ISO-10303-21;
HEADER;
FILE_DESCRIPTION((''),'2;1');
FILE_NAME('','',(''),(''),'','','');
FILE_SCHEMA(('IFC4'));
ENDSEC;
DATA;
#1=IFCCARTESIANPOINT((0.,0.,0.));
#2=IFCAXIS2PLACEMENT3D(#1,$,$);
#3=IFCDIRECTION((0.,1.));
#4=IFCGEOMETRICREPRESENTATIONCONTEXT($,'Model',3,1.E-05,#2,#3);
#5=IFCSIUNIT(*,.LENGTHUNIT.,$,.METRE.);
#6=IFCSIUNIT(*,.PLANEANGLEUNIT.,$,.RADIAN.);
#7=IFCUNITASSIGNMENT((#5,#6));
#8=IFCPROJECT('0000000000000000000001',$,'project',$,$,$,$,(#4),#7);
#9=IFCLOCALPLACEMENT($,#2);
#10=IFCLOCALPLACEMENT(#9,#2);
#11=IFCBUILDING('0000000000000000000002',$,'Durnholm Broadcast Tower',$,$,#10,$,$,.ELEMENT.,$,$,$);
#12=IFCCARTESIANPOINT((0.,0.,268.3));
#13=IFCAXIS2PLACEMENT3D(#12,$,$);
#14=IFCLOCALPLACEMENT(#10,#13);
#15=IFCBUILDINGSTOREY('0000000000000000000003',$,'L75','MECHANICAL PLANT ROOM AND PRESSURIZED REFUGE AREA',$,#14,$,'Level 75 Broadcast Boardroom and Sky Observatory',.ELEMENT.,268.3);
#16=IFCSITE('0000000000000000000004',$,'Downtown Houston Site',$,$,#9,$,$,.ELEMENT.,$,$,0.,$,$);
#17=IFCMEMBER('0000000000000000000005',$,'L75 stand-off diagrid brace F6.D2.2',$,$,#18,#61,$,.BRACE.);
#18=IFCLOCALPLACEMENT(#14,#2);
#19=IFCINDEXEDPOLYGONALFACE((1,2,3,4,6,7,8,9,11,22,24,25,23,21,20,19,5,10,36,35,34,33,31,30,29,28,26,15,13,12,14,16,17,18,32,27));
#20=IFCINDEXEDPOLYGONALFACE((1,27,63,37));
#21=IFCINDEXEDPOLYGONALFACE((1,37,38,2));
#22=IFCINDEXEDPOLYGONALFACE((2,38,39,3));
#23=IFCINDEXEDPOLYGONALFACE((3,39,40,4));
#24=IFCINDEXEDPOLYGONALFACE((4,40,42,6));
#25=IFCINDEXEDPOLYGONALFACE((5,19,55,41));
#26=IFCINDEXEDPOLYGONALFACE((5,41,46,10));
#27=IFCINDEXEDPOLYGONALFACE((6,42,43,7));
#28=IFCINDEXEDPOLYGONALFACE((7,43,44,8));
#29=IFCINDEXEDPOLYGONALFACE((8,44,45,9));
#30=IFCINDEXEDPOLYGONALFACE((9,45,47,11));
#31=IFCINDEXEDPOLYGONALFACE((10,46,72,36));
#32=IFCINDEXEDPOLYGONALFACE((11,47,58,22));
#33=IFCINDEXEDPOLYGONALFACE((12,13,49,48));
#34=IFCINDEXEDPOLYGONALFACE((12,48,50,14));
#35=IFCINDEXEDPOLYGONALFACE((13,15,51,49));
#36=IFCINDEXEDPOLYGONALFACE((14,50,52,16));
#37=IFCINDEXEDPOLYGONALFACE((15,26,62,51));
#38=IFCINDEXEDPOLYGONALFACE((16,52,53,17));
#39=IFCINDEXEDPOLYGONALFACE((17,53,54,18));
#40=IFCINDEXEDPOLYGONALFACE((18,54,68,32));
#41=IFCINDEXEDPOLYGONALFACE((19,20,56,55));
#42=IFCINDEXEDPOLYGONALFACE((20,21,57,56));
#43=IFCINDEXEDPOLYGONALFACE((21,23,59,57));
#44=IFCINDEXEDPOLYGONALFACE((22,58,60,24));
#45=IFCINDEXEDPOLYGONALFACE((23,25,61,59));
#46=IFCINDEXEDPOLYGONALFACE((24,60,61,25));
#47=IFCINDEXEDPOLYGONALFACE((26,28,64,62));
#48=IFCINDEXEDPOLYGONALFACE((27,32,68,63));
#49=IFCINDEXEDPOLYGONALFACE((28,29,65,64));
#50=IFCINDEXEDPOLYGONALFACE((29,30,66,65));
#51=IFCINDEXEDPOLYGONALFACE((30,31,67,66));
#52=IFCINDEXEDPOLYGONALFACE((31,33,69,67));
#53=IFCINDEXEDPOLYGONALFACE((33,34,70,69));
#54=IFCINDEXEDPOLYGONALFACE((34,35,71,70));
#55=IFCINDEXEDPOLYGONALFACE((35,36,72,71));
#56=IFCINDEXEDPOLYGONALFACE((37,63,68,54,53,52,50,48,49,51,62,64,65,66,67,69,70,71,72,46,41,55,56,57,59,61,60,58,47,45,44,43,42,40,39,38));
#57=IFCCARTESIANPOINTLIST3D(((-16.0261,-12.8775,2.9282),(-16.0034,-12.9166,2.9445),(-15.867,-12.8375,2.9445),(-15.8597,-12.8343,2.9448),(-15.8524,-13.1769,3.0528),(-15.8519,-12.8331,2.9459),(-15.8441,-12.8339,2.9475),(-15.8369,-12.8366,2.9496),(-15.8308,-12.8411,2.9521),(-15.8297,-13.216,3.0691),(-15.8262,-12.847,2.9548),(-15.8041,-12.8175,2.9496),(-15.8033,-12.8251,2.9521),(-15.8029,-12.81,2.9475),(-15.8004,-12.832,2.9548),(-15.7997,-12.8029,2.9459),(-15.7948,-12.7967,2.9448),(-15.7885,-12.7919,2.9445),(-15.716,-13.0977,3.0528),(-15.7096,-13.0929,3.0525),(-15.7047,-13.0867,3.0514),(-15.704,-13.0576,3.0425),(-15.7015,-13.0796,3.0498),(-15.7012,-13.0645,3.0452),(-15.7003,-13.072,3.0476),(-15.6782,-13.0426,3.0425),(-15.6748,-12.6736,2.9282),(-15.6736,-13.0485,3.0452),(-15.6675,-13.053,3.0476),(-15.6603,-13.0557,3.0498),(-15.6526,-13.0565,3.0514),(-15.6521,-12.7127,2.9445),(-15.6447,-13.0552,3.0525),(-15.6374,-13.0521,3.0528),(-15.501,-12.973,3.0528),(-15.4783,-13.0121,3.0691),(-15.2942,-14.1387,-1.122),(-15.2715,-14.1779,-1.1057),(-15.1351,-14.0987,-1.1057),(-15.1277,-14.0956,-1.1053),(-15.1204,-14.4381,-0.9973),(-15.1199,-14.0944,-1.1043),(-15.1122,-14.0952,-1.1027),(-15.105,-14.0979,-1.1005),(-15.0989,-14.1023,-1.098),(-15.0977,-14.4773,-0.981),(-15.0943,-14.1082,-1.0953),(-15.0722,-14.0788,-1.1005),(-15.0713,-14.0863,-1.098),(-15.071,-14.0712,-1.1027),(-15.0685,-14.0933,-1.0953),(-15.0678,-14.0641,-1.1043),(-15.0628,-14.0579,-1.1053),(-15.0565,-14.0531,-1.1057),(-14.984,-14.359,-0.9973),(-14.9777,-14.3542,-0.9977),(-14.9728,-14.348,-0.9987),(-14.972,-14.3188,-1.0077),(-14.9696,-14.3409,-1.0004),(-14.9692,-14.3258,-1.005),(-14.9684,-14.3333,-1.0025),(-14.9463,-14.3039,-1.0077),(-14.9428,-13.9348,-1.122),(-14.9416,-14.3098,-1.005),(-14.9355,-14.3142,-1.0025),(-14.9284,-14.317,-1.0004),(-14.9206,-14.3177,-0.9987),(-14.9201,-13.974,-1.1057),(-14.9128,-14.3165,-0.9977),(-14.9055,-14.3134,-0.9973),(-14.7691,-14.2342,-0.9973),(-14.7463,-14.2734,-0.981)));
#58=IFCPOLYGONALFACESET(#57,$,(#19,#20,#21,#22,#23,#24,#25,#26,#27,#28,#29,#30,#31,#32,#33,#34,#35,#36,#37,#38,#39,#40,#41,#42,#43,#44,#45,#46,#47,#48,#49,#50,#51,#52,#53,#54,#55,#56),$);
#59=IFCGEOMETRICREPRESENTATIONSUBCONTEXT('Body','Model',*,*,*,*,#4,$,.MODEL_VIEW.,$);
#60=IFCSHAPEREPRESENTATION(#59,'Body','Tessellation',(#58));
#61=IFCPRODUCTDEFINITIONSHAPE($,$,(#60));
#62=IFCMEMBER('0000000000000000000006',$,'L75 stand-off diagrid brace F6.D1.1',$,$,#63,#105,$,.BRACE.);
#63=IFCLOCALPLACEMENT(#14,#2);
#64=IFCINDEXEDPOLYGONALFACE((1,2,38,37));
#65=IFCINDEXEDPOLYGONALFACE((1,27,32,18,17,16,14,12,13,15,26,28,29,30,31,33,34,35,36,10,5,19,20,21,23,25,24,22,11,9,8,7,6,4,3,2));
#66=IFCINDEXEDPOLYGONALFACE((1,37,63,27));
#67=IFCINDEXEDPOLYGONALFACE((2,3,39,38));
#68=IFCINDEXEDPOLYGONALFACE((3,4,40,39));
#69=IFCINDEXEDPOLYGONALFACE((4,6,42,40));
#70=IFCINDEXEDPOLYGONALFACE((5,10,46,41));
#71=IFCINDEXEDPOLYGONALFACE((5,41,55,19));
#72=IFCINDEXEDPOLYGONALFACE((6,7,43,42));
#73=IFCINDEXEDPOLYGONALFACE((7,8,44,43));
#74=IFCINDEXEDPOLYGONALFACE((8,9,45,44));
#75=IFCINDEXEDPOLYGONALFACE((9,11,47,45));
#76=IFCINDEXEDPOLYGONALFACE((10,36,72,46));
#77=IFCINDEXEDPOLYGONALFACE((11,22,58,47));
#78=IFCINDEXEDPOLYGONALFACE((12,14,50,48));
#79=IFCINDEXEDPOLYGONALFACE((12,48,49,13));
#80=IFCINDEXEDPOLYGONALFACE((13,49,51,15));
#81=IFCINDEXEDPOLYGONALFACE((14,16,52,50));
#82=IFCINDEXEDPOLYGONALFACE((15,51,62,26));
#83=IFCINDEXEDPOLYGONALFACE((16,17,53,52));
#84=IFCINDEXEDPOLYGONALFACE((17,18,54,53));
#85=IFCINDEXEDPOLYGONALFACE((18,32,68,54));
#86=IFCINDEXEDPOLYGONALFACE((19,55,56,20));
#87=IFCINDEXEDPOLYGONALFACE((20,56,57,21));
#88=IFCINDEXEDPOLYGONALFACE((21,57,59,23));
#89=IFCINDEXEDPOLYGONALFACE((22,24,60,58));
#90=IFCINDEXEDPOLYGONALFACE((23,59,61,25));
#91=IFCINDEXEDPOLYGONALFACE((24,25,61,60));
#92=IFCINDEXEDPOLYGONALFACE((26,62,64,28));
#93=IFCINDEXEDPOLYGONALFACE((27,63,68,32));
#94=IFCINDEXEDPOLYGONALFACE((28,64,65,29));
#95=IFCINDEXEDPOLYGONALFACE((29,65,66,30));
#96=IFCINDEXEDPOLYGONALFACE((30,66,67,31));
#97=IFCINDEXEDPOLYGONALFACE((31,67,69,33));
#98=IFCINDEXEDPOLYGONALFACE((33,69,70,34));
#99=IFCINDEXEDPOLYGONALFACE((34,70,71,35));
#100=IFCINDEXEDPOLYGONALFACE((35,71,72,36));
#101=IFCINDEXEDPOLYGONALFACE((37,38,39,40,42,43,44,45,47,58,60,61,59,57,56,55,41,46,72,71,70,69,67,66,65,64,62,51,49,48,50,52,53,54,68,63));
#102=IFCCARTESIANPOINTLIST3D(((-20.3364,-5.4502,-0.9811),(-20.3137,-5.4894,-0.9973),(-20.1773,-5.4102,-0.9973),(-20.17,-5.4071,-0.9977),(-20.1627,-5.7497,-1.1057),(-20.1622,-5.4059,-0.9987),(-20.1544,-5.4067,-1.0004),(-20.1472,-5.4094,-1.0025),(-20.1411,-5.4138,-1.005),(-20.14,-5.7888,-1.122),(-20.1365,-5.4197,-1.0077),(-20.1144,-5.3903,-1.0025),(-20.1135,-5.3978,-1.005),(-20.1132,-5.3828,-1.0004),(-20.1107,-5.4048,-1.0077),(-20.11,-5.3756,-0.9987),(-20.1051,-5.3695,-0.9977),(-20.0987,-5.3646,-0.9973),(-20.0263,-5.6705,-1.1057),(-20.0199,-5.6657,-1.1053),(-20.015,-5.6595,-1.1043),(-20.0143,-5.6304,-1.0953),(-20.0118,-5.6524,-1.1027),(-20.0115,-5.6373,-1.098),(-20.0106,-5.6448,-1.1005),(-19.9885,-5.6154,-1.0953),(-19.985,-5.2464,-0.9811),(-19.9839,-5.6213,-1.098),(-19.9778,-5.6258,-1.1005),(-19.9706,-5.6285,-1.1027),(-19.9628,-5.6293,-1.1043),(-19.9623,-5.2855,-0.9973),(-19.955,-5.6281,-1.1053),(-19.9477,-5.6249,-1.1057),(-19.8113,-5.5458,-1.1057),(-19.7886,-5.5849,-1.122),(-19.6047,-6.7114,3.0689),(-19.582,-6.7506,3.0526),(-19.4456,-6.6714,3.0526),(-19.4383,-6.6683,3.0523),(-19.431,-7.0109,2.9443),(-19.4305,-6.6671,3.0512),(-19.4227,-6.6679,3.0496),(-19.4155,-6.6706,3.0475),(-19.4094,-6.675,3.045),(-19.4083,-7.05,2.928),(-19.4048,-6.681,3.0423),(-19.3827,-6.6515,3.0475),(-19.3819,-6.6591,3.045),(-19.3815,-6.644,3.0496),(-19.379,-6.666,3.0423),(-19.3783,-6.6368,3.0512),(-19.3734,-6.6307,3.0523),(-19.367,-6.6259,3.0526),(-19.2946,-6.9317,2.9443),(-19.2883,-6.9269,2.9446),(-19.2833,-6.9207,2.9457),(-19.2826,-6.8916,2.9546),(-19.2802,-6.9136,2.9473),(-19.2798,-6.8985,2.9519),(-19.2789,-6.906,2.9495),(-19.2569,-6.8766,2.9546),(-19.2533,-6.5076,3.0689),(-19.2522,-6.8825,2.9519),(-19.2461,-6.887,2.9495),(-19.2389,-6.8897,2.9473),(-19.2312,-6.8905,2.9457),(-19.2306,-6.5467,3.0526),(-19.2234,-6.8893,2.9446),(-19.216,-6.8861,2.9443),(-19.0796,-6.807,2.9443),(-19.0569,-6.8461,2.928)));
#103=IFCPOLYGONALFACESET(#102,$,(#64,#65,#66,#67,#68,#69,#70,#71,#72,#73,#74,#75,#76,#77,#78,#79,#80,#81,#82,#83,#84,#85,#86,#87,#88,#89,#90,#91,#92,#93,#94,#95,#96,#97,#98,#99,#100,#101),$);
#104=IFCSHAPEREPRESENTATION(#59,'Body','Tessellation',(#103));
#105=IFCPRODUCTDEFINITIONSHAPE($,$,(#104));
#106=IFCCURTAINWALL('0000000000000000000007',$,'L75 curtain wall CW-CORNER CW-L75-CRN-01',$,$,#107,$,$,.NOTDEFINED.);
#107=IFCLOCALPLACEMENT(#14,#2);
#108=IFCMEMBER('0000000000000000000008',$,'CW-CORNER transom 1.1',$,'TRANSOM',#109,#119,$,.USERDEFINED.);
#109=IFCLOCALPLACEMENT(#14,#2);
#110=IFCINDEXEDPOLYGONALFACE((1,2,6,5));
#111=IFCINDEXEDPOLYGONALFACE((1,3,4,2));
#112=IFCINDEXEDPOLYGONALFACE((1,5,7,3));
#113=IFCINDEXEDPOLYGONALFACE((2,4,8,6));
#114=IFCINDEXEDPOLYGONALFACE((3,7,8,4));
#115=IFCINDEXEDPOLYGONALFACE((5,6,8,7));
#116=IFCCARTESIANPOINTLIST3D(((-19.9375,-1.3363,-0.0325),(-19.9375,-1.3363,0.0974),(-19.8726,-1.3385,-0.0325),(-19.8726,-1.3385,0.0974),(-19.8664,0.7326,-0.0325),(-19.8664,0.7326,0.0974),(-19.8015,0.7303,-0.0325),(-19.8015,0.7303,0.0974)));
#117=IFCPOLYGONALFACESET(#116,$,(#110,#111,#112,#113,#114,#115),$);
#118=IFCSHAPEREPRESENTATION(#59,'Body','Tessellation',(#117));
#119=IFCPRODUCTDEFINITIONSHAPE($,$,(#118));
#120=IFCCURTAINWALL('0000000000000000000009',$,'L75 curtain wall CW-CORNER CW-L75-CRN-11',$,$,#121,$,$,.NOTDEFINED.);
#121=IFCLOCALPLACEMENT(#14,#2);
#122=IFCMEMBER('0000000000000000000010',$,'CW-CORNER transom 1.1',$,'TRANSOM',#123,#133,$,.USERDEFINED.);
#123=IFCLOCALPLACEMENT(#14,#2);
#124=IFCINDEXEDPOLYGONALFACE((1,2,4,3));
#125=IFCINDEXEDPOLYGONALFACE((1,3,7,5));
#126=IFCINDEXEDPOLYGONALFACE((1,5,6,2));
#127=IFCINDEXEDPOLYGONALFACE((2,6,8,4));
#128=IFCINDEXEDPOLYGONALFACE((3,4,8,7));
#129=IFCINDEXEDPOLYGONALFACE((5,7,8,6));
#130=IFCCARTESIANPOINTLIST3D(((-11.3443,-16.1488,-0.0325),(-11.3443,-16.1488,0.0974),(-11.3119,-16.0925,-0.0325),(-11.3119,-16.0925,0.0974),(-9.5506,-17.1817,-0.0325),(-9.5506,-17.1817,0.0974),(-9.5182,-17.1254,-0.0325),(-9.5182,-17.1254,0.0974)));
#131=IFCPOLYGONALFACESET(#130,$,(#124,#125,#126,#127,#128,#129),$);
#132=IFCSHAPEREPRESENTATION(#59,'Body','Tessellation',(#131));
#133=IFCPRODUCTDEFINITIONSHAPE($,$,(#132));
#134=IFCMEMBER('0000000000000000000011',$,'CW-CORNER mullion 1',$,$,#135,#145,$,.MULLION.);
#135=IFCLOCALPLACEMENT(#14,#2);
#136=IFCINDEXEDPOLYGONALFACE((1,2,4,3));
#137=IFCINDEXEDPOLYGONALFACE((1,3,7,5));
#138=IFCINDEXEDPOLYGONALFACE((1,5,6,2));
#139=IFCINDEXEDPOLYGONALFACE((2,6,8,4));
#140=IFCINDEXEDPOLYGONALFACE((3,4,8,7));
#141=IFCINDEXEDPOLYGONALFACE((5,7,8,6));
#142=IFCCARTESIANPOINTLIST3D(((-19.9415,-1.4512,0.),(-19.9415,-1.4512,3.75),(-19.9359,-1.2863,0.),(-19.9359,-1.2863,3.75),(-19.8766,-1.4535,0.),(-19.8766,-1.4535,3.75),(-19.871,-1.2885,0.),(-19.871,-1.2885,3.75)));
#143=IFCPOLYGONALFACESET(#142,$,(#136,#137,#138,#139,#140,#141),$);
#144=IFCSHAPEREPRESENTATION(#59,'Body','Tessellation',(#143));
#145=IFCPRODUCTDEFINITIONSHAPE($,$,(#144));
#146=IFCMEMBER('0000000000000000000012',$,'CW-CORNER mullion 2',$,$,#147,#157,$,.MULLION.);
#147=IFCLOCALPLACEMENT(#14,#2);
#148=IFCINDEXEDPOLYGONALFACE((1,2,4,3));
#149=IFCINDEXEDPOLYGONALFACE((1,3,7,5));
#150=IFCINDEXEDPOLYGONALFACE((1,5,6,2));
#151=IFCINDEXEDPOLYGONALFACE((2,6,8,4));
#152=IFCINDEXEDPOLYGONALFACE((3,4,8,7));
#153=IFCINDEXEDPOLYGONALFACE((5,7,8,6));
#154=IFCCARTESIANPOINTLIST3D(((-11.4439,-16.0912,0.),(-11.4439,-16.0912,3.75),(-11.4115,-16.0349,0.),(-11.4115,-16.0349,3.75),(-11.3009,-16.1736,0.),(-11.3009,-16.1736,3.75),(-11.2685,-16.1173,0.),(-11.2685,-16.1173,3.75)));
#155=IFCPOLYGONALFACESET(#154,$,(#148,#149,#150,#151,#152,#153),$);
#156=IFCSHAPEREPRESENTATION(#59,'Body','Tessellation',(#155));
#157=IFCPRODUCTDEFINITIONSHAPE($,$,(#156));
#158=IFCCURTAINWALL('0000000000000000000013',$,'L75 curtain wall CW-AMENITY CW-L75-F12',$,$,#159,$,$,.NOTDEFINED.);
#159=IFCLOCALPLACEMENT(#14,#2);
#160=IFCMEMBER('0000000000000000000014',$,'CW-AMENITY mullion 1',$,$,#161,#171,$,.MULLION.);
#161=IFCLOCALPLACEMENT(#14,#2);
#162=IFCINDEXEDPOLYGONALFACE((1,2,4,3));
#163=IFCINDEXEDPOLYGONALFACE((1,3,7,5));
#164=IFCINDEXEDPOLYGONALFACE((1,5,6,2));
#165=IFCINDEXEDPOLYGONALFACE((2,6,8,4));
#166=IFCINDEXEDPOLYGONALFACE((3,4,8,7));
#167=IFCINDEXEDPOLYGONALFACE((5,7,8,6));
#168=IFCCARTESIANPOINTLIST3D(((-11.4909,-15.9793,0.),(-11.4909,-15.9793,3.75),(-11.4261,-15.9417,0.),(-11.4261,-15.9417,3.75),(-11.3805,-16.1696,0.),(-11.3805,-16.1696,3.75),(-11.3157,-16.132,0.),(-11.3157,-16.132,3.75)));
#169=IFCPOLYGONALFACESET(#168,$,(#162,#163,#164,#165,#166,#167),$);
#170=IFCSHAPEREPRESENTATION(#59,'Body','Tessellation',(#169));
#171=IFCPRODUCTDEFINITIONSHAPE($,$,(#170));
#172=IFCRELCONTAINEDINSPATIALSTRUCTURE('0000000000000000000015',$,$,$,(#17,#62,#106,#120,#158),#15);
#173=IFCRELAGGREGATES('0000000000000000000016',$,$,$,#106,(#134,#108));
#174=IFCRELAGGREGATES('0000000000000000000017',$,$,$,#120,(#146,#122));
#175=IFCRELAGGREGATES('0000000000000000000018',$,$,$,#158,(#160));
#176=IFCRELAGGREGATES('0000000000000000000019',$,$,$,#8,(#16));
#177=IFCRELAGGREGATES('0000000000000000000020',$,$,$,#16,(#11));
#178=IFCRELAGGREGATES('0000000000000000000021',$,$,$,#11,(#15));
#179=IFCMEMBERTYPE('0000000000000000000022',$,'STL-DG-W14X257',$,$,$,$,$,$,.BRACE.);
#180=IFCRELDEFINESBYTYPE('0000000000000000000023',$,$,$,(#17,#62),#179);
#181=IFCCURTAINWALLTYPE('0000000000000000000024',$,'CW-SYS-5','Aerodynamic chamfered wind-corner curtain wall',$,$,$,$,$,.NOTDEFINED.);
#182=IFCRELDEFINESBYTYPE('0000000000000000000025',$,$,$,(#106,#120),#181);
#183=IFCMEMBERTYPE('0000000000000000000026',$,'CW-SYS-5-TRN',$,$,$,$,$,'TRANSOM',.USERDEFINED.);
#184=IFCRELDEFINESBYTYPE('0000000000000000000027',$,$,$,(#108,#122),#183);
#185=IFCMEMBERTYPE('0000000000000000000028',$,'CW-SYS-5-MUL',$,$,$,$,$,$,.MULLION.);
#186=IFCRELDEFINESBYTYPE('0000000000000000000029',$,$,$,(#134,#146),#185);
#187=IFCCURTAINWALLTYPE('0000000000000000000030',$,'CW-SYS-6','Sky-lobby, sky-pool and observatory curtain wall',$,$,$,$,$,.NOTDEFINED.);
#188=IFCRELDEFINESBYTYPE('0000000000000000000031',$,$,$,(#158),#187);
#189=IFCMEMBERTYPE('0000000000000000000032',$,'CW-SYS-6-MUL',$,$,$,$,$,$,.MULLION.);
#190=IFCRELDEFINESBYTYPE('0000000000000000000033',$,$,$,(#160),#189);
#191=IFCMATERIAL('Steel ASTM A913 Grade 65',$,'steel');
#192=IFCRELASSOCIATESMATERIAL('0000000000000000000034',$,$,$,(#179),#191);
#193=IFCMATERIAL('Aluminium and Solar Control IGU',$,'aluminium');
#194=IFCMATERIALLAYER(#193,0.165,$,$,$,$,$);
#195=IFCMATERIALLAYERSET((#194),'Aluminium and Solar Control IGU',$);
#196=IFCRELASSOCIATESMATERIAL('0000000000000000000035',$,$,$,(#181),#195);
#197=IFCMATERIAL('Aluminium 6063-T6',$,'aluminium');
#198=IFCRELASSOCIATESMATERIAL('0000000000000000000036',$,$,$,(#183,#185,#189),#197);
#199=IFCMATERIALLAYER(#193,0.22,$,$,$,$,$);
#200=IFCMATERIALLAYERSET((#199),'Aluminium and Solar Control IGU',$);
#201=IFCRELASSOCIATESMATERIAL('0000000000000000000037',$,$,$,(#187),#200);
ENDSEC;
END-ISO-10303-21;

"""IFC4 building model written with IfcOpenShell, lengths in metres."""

from ifc_helpers import new_model, si_unit, direction, frame, origin, origin_2d, place, context, subcontext, project, spatial, rectangle, i_section, extrude, source, transform, mapped, material, layer, layer_set, material_profile, profile_set, type_object, type_shapes, element, aggregate, save


model = new_model("IFC4")

# Units and contexts
model_context = context("Model", 3, precision=1e-05, world=origin(), true_north=direction((0.0, 1.0)))
body_context = subcontext(model_context, "Body", "Model", "MODEL_VIEW")
ifc_project = project(units=[si_unit("LENGTHUNIT", "METRE"), si_unit("PLANEANGLEUNIT", "RADIAN")], contexts=[model_context])

# Site, building, storey
site_placement = place(None, origin())
site = spatial("IfcSite", under=ifc_project, at=site_placement, Name="Downtown Houston Site", CompositionType="ELEMENT", RefElevation=0.0)
building_placement = place(site_placement, origin())
building = spatial("IfcBuilding", under=site, at=building_placement, Name="Durnholm Broadcast Tower", CompositionType="ELEMENT")
storey_placement = place(building_placement, frame((0.0, 0.0, 268.3)))
storey = spatial("IfcBuildingStorey", under=building, at=storey_placement, Name="L75", Description="MECHANICAL PLANT ROOM AND PRESSURIZED REFUGE AREA", LongName="Level 75 Broadcast Boardroom and Sky Observatory", CompositionType="ELEMENT", Elevation=268.3)

# Members
ifc_material_1 = material(Name="Steel ASTM A913 Grade 65", Category="steel")
ifc_material_profile_1 = material_profile(ifc_material_1, i_section(OverallWidth=0.4062, OverallDepth=0.416, WebThickness=0.0298, FlangeThickness=0.0481, FilletRadius=0.0305, at=origin_2d()), Name="W14X257")
ifc_profile_set_1 = profile_set([ifc_material_profile_1], Name="Steel ASTM A913 Grade 65")
member_type_1 = type_object("IfcMemberType", Name="STL-DG-W14X257", PredefinedType="BRACE", material=ifc_profile_set_1)
shared_shape_1 = source(origin(), body_context, "Body", "SweptSolid", [
    extrude(i_section(OverallWidth=0.4062, OverallDepth=0.416, WebThickness=0.0298, FlangeThickness=0.0481, FilletRadius=0.0305, at=origin_2d()), origin(), (0.0, 0.0, 1.0), 4.3047),
])
for number, where, z_axis, x_axis, name in (
    (1, (-15.0203, -14.2061, -1.0515), (-0.170036, 0.292998, 0.940872), (-0.864906, -0.501934, 0.0), "L75 stand-off diagrid brace F6.D2.2"),
):
    element("IfcMember", number, at=place(storey_placement, frame(where, z_axis=z_axis, x_axis=x_axis)), inside=storey, type_object=member_type_1, Name=name, PredefinedType="BRACE", context=body_context, shape_type="MappedRepresentation", body=[
        mapped(shared_shape_1, transform((0.0, 0.0, 0.0), x_axis=(1.0, 0.0, 0.0), y_axis=(0.0, 1.0, 0.0), z_axis=(0.0, 0.0, 1.0), scale=1.0)),
    ])
shared_shape_2 = source(origin(), body_context, "Body", "SweptSolid", [
    extrude(i_section(OverallWidth=0.4062, OverallDepth=0.416, WebThickness=0.0298, FlangeThickness=0.0481, FilletRadius=0.0305, at=origin_2d()), origin(), (0.0, 0.0, 1.0), 4.3044),
])
type_shapes(member_type_1, [shared_shape_1, shared_shape_2])
member_1_placement = place(storey_placement, frame((-20.0625, -5.5176, -1.0515), z_axis=(0.169981, -0.293001, 0.940881), x_axis=(0.864979, 0.501808, 0.0)))
element("IfcMember", 2, at=member_1_placement, inside=storey, type_object=member_type_1, Name="L75 stand-off diagrid brace F6.D1.1", PredefinedType="BRACE", context=body_context, shape_type="MappedRepresentation", body=[
    mapped(shared_shape_2, transform((0.0, 0.0, 0.0), x_axis=(1.0, 0.0, 0.0), y_axis=(0.0, 1.0, 0.0), z_axis=(0.0, 0.0, 1.0), scale=1.0)),
])

# Curtain walls, members
ifc_material_2 = material(Name="Aluminium and Solar Control IGU", Category="aluminium")
ifc_layer_1 = layer(ifc_material_2, 0.165)
ifc_layer_set_1 = layer_set([ifc_layer_1], Name="Aluminium and Solar Control IGU")
curtain_wall_type_1 = type_object("IfcCurtainWallType", Name="CW-SYS-5", Description="Aerodynamic chamfered wind-corner curtain wall", PredefinedType="NOTDEFINED", material=ifc_layer_set_1)
curtain_wall_1_placement = place(storey_placement, origin())
curtain_wall_1 = element("IfcCurtainWall", 3, at=curtain_wall_1_placement, inside=storey, type_object=curtain_wall_type_1, Name="L75 curtain wall CW-CORNER CW-L75-CRN-01", PredefinedType="NOTDEFINED")
ifc_material_3 = material(Name="Aluminium 6063-T6", Category="aluminium")
ifc_material_profile_2 = material_profile(ifc_material_3, rectangle(XDim=0.0649, YDim=0.1299, at=origin_2d()), Name="CWT65X130")
ifc_profile_set_2 = profile_set([ifc_material_profile_2], Name="Aluminium 6063-T6")
member_type_2 = type_object("IfcMemberType", Name="CW-SYS-5-TRN", ElementType="TRANSOM", PredefinedType="USERDEFINED", material=ifc_profile_set_2)
shared_shape_3 = source(origin(), body_context, "Body", "SweptSolid", [
    extrude(rectangle(XDim=0.0649, YDim=0.1299, at=origin_2d()), origin(), (0.0, 0.0, 1.0), 2.0701),
])
member_2_placement = place(storey_placement, frame((-19.905, -1.3374, 0.0325), z_axis=(0.03432, 0.999411, 0.0), x_axis=(-0.999411, 0.03432, 0.0)))
member_2 = element("IfcMember", 4, at=member_2_placement, type_object=member_type_2, Name="CW-CORNER transom 1.1", ObjectType="TRANSOM", PredefinedType="USERDEFINED", context=body_context, shape_type="MappedRepresentation", body=[
    mapped(shared_shape_3, transform((0.0, 0.0, 0.0), x_axis=(1.0, 0.0, 0.0), y_axis=(0.0, 1.0, 0.0), z_axis=(0.0, 0.0, 1.0), scale=1.0)),
])
curtain_wall_2_placement = place(storey_placement, origin())
curtain_wall_2 = element("IfcCurtainWall", 5, at=curtain_wall_2_placement, inside=storey, type_object=curtain_wall_type_1, Name="L75 curtain wall CW-CORNER CW-L75-CRN-11", PredefinedType="NOTDEFINED")
shared_shape_4 = source(origin(), body_context, "Body", "SweptSolid", [
    extrude(rectangle(XDim=0.0649, YDim=0.1299, at=origin_2d()), origin(), (0.0, 0.0, 1.0), 2.0698),
])
type_shapes(member_type_2, [shared_shape_3, shared_shape_4])
member_3_placement = place(storey_placement, frame((-9.5344, -17.1536, 0.0325), z_axis=(-0.866576, 0.499045, 0.0), x_axis=(-0.499045, -0.866576, 0.0)))
member_3 = element("IfcMember", 6, at=member_3_placement, type_object=member_type_2, Name="CW-CORNER transom 1.1", ObjectType="TRANSOM", PredefinedType="USERDEFINED", context=body_context, shape_type="MappedRepresentation", body=[
    mapped(shared_shape_4, transform((0.0, 0.0, 0.0), x_axis=(1.0, 0.0, 0.0), y_axis=(0.0, 1.0, 0.0), z_axis=(0.0, 0.0, 1.0), scale=1.0)),
])

# Members
ifc_material_profile_3 = material_profile(ifc_material_3, rectangle(XDim=0.0649, YDim=0.165, at=origin_2d()), Name="CWM65X165")
ifc_profile_set_3 = profile_set([ifc_material_profile_3], Name="Aluminium 6063-T6")
member_type_3 = type_object("IfcMemberType", Name="CW-SYS-5-MUL", PredefinedType="MULLION", material=ifc_profile_set_3)
shared_shape_5 = source(origin(), body_context, "Body", "SweptSolid", [
    extrude(rectangle(XDim=0.0649, YDim=0.165, at=origin_2d()), origin(), (0.0, 0.0, 1.0), 3.75),
])
type_shapes(member_type_3, [shared_shape_5])
member_4_placement = place(storey_placement, frame((-19.9062, -1.3699, 0.0), z_axis=(0.0, 0.0, 1.0), x_axis=(-0.999411, 0.034318, 0.0)))
member_4 = element("IfcMember", 7, at=member_4_placement, type_object=member_type_3, Name="CW-CORNER mullion 1", PredefinedType="MULLION", context=body_context, shape_type="MappedRepresentation", body=[
    mapped(shared_shape_5, transform((0.0, 0.0, 0.0), x_axis=(1.0, 0.0, 0.0), y_axis=(0.0, 1.0, 0.0), z_axis=(0.0, 0.0, 1.0), scale=1.0)),
])
aggregate(curtain_wall_1, [member_4, member_2])
member_5_placement = place(storey_placement, frame((-11.3562, -16.1042, 0.0), z_axis=(0.0, 0.0, 1.0), x_axis=(-0.499059, -0.866568, 0.0)))
member_5 = element("IfcMember", 8, at=member_5_placement, type_object=member_type_3, Name="CW-CORNER mullion 2", PredefinedType="MULLION", context=body_context, shape_type="MappedRepresentation", body=[
    mapped(shared_shape_5, transform((0.0, 0.0, 0.0), x_axis=(1.0, 0.0, 0.0), y_axis=(0.0, 1.0, 0.0), z_axis=(0.0, 0.0, 1.0), scale=1.0)),
])

# Curtain wall, member
ifc_layer_2 = layer(ifc_material_2, 0.22)
ifc_layer_set_2 = layer_set([ifc_layer_2], Name="Aluminium and Solar Control IGU")
curtain_wall_type_2 = type_object("IfcCurtainWallType", Name="CW-SYS-6", Description="Sky-lobby, sky-pool and observatory curtain wall", PredefinedType="NOTDEFINED", material=ifc_layer_set_2)
curtain_wall_3_placement = place(storey_placement, origin())
curtain_wall_3 = element("IfcCurtainWall", 9, at=curtain_wall_3_placement, inside=storey, type_object=curtain_wall_type_2, Name="L75 curtain wall CW-AMENITY CW-L75-F12", PredefinedType="NOTDEFINED")
ifc_material_profile_4 = material_profile(ifc_material_3, rectangle(XDim=0.075, YDim=0.22, at=origin_2d()), Name="CWM75X220")
ifc_profile_set_4 = profile_set([ifc_material_profile_4], Name="Aluminium 6063-T6")
member_type_4 = type_object("IfcMemberType", Name="CW-SYS-6-MUL", PredefinedType="MULLION", material=ifc_profile_set_4)
shared_shape_6 = source(origin(), body_context, "Body", "SweptSolid", [
    extrude(rectangle(XDim=0.075, YDim=0.22, at=origin_2d()), origin(), (0.0, 0.0, 1.0), 3.75),
])
type_shapes(member_type_4, [shared_shape_6])
member_6_placement = place(storey_placement, frame((-11.4033, -16.0557, 0.0), z_axis=(0.0, 0.0, 1.0), x_axis=(-0.8649, -0.501944, 0.0)))
member_6 = element("IfcMember", 10, at=member_6_placement, type_object=member_type_4, Name="CW-AMENITY mullion 1", PredefinedType="MULLION", context=body_context, shape_type="MappedRepresentation", body=[
    mapped(shared_shape_6, transform((0.0, 0.0, 0.0), x_axis=(1.0, 0.0, 0.0), y_axis=(0.0, 1.0, 0.0), z_axis=(0.0, 0.0, 1.0), scale=1.0)),
])

aggregate(curtain_wall_2, [member_5, member_3])
aggregate(curtain_wall_3, [member_6])

save(model, "model.ifc")
